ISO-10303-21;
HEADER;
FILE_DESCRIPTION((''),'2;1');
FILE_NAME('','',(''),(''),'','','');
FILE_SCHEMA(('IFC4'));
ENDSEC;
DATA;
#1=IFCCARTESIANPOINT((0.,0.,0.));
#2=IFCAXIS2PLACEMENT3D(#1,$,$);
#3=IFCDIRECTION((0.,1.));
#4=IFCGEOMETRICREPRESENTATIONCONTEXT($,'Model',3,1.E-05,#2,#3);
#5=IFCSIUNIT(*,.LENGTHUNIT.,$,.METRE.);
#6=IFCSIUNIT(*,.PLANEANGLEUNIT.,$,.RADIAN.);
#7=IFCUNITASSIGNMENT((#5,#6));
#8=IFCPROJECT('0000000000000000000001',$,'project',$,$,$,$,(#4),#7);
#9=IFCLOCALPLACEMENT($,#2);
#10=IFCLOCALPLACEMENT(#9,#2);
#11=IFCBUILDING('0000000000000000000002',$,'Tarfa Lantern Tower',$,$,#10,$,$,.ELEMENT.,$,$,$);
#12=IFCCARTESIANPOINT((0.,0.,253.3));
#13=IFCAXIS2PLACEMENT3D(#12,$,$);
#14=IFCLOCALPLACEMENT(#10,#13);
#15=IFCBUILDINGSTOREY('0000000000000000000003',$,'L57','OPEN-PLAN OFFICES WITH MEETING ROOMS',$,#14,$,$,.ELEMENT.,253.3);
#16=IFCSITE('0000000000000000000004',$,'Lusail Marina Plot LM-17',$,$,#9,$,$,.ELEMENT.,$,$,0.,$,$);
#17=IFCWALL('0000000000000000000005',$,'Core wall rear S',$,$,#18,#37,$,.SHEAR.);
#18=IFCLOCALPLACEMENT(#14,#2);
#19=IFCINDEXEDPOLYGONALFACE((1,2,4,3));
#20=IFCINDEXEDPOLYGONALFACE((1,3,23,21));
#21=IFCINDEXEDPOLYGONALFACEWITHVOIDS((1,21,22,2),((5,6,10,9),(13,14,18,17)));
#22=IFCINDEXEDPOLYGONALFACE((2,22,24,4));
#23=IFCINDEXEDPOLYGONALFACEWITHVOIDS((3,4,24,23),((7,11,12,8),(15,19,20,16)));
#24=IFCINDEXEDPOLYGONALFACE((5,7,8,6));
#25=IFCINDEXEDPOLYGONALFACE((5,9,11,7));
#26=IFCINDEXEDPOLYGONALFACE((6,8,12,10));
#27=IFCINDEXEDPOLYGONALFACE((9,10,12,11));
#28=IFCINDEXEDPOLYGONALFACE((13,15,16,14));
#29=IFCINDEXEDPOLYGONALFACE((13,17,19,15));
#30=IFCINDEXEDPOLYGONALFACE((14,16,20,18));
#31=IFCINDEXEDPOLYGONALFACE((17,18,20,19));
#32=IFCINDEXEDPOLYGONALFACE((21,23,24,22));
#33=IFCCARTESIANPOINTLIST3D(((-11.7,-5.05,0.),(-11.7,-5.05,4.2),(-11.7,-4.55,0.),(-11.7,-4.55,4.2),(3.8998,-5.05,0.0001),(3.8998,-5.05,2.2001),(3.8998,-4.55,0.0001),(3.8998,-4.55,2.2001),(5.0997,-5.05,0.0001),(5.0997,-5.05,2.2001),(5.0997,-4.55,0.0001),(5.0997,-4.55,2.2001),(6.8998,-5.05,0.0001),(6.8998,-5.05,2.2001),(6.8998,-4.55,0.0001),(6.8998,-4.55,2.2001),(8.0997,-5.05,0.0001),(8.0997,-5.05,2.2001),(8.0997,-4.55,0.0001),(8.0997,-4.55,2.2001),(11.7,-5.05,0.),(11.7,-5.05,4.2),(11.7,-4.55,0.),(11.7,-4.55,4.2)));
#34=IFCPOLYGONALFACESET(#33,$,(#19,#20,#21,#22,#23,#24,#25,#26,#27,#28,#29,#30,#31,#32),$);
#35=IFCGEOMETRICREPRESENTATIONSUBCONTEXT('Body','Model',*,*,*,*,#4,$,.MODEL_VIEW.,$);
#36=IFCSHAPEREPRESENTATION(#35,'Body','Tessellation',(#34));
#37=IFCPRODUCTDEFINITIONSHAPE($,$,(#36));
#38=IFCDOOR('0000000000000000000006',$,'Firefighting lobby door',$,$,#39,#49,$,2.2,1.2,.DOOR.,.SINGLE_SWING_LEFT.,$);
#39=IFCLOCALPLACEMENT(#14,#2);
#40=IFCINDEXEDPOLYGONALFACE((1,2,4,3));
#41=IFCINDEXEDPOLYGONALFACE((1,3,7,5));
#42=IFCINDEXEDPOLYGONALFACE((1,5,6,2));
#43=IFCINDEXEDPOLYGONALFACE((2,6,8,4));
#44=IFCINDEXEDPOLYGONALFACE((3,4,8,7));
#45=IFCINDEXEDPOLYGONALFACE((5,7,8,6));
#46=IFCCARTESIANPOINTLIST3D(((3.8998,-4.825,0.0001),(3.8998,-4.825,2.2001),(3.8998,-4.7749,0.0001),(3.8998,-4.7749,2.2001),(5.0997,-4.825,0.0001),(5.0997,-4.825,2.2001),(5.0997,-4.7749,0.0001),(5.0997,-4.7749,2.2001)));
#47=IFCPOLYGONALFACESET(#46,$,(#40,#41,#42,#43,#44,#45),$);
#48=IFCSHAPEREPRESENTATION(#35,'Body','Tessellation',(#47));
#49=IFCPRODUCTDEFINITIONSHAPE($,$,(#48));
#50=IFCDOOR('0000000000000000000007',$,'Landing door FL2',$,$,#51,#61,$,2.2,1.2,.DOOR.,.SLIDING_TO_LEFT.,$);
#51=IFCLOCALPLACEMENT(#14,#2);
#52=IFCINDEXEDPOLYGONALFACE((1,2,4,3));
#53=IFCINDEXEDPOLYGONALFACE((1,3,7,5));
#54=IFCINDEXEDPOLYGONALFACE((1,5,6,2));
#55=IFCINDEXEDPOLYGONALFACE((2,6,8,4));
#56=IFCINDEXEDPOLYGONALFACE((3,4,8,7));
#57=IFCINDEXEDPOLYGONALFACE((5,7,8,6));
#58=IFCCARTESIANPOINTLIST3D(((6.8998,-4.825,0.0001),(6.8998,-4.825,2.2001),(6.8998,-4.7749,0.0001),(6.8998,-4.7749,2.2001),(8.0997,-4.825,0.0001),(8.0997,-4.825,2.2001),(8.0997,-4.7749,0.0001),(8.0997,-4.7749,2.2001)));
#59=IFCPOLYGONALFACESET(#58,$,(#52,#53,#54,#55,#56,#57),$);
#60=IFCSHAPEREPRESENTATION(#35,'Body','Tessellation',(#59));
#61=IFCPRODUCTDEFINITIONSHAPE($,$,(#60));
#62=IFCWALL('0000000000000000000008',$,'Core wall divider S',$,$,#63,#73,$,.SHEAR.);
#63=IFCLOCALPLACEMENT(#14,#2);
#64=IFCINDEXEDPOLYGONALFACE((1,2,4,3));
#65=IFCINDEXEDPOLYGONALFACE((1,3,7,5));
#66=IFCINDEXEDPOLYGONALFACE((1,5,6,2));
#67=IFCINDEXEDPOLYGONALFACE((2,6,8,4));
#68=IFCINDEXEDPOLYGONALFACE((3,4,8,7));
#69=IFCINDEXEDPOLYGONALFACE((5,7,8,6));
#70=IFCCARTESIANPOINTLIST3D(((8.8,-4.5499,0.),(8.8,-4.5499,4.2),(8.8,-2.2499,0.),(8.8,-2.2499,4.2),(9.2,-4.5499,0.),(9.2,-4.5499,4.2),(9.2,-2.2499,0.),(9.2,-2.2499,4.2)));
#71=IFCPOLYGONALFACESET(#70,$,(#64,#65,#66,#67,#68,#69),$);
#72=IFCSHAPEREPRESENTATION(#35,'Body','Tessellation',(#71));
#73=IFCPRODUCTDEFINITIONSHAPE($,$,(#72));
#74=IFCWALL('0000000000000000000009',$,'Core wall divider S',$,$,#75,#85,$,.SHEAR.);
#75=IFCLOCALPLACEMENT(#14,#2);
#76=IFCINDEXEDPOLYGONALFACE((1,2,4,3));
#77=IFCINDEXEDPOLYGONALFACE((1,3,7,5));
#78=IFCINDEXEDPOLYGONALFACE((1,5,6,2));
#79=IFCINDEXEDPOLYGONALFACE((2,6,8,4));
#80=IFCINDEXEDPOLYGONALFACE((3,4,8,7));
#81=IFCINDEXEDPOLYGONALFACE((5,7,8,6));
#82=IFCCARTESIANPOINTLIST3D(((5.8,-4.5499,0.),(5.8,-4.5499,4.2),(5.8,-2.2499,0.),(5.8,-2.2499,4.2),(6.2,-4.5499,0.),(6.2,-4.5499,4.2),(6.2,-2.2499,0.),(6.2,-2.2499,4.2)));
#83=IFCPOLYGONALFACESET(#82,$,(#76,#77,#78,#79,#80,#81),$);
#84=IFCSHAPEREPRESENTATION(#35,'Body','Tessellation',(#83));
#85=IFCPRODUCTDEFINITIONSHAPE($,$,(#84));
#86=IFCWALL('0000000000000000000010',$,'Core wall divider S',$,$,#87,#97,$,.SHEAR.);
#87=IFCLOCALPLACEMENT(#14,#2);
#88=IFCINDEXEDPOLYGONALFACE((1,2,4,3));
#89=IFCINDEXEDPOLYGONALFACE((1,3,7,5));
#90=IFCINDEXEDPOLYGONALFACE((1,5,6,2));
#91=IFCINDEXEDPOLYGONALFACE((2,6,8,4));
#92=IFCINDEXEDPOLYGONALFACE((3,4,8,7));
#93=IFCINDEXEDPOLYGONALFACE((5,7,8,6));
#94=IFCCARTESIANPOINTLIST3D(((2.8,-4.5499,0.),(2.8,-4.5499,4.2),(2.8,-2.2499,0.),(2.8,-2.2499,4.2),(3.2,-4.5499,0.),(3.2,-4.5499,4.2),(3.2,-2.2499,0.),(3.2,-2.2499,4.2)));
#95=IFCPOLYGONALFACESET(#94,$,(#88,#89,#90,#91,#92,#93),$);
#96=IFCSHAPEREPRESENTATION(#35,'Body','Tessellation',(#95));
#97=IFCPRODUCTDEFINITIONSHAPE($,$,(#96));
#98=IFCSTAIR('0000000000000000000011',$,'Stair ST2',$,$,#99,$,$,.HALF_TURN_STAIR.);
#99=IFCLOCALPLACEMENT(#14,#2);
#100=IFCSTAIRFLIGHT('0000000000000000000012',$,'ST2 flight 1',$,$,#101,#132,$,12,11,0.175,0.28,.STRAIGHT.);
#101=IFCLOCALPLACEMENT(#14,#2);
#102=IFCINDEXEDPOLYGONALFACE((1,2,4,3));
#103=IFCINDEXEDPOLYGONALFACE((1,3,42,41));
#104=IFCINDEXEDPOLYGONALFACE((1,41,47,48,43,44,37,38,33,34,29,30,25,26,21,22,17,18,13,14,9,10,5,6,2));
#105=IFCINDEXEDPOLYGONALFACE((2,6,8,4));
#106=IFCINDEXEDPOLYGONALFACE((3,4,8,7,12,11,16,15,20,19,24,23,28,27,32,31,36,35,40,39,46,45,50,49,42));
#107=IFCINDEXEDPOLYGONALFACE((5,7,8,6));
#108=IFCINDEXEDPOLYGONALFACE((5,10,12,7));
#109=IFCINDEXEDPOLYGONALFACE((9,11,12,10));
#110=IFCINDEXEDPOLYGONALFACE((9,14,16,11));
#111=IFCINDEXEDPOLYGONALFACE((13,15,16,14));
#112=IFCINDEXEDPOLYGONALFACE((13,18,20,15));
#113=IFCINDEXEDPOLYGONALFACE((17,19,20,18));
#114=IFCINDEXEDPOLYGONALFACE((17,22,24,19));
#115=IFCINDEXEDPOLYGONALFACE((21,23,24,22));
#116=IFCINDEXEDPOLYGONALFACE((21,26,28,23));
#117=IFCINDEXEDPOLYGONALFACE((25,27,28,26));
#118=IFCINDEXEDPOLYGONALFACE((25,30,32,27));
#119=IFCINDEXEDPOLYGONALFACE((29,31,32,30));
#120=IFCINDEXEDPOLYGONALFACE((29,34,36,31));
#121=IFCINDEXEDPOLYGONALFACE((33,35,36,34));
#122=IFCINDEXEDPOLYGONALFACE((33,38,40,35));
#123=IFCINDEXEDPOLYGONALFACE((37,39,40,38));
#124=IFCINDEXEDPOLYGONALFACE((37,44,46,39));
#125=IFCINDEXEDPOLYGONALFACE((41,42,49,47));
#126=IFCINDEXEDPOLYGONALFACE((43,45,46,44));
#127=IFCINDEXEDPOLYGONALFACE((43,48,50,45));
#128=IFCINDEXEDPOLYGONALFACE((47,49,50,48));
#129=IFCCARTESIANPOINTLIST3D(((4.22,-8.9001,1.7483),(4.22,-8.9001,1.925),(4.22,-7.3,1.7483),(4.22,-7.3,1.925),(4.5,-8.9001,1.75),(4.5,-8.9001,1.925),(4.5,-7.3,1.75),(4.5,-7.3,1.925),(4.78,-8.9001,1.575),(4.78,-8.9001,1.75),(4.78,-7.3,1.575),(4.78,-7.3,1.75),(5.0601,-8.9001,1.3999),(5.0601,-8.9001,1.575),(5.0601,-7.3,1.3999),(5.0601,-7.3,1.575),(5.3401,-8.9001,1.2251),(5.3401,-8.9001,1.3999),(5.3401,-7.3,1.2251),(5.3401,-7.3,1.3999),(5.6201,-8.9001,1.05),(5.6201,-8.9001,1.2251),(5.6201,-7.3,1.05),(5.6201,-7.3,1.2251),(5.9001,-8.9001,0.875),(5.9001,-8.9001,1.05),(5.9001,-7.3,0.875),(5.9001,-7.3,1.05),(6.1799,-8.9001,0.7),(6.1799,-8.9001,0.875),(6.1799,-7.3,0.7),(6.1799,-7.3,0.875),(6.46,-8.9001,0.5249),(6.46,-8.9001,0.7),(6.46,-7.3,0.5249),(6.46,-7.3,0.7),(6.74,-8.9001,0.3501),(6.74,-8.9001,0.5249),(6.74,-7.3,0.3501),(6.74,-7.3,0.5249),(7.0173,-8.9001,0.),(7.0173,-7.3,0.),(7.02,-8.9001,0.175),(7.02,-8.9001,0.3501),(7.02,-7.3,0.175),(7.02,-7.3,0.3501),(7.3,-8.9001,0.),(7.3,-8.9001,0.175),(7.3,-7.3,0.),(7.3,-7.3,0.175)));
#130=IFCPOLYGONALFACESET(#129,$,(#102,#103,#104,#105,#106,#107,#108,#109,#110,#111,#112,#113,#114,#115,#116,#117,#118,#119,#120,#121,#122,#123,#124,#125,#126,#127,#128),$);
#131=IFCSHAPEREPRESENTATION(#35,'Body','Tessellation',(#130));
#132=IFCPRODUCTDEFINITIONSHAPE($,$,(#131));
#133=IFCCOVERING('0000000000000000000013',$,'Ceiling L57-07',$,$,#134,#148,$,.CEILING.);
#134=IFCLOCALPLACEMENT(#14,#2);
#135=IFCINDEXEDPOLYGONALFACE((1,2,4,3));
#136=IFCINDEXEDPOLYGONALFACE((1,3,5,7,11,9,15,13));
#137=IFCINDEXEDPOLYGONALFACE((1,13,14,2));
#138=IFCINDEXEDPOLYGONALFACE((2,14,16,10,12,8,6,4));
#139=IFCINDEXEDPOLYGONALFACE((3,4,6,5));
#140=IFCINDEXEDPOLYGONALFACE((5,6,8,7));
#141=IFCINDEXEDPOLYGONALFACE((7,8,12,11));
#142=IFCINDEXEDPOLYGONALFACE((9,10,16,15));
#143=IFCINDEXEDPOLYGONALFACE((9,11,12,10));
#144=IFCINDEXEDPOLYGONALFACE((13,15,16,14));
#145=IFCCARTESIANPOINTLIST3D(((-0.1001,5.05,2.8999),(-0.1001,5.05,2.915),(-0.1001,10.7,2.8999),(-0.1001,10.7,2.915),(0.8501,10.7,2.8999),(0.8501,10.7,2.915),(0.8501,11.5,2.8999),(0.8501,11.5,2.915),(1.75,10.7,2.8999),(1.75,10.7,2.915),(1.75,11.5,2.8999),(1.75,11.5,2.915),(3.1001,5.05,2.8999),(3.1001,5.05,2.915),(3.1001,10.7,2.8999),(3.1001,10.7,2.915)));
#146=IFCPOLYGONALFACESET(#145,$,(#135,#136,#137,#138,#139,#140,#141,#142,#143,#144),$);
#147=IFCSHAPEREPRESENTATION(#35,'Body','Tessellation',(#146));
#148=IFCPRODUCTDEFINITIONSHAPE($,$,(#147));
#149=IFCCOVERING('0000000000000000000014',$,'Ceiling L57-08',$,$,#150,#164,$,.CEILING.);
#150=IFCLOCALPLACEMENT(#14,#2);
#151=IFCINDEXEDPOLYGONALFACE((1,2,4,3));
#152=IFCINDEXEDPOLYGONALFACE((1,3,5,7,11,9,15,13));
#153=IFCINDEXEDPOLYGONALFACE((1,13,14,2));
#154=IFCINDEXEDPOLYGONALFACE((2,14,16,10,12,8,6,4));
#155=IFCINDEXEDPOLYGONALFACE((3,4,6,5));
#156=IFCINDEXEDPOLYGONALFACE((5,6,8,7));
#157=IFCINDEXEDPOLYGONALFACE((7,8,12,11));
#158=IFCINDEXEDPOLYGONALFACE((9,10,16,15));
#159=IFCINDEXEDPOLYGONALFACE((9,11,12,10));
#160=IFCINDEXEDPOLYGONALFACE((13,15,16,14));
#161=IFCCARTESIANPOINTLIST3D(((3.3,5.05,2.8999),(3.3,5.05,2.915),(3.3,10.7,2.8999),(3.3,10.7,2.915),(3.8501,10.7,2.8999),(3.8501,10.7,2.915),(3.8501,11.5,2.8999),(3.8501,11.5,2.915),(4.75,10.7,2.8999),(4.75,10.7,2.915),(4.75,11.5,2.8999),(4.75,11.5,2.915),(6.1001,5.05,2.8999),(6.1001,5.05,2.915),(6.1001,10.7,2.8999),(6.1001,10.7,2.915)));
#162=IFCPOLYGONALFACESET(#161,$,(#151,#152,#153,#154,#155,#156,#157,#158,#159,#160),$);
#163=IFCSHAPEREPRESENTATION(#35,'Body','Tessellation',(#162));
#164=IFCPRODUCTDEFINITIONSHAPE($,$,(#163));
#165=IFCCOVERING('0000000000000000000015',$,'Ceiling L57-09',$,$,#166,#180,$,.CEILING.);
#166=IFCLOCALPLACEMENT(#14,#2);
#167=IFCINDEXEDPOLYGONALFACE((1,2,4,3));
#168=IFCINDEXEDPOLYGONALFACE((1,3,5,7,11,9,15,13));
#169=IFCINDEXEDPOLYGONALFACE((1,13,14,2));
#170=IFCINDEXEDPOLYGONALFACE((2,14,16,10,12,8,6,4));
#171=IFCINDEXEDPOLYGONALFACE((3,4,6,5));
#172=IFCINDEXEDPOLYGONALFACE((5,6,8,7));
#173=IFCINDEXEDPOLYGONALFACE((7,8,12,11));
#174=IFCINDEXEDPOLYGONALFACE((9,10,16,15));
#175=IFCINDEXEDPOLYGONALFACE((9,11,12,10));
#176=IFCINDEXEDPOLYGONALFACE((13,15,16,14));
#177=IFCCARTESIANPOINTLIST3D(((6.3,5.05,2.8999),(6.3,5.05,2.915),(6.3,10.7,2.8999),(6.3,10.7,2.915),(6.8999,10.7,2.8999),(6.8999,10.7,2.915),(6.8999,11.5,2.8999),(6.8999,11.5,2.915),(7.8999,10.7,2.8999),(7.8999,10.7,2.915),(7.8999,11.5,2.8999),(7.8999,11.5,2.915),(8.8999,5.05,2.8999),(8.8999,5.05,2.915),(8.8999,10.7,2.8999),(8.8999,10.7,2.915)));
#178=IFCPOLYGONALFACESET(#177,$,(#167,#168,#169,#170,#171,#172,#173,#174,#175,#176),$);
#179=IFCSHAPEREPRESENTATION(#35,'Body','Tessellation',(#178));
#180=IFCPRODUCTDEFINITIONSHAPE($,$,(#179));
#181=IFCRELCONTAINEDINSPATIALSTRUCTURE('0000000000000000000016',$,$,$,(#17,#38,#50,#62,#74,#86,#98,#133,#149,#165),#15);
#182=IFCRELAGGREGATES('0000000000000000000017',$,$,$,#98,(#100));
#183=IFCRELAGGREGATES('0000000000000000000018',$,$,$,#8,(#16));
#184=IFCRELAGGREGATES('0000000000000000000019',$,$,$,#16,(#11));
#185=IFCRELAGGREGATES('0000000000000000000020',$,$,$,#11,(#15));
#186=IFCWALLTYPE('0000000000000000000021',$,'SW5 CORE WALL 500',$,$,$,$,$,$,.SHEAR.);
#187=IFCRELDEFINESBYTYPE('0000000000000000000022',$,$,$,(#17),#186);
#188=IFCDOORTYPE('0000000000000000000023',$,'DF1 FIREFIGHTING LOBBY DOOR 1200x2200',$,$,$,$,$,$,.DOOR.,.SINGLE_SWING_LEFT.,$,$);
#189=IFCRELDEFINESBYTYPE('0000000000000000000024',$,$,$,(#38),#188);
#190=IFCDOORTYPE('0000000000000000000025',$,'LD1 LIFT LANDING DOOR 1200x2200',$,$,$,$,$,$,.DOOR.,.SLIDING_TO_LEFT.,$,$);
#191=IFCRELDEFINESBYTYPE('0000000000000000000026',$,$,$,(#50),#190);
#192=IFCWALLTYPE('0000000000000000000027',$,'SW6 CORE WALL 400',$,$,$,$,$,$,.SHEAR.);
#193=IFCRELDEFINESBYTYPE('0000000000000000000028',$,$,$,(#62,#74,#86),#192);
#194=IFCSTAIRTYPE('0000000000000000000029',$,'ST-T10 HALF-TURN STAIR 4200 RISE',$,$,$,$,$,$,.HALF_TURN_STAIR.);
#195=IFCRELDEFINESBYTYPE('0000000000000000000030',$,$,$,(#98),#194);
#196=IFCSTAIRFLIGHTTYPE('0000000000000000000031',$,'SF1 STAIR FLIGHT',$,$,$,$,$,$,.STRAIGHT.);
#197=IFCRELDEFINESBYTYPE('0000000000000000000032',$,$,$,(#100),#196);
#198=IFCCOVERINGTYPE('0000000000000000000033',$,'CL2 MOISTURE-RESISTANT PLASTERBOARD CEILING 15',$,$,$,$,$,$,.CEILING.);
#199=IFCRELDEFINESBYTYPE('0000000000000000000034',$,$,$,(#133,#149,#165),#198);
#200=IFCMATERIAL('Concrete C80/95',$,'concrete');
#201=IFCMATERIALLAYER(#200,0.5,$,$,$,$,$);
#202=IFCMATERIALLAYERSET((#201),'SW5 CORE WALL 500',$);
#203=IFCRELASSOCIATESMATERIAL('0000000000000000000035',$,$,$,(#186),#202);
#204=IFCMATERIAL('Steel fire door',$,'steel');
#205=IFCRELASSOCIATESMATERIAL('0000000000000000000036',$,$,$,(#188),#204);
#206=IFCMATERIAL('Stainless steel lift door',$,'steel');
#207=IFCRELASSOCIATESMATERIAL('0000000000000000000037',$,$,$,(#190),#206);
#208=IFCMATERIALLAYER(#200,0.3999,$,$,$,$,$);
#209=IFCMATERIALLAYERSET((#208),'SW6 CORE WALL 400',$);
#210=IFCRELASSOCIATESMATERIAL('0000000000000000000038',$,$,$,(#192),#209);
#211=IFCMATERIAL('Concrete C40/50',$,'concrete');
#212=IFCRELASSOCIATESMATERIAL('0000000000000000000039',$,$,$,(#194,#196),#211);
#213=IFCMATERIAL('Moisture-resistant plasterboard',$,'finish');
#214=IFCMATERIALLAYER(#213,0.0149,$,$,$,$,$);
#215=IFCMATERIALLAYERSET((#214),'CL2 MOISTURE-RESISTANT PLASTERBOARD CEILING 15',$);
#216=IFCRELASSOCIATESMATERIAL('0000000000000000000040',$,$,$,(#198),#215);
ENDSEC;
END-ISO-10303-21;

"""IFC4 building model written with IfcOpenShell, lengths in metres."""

from ifc_helpers import new_model, si_unit, direction, frame, frame_2d, origin, place, context, subcontext, project, spatial, polyline, rectangle, outline, extrude, material, layer, layer_set, type_object, element, fill, aggregate, save


model = new_model("IFC4")

# Units and contexts
model_context = context("Model", 3, precision=1e-05, world=origin(), true_north=direction((0.0, 1.0)))
body_context = subcontext(model_context, "Body", "Model", "MODEL_VIEW")
ifc_project = project(units=[si_unit("LENGTHUNIT", "METRE"), si_unit("PLANEANGLEUNIT", "RADIAN")], contexts=[model_context])

# Site, building, storey
site_placement = place(None, origin())
site = spatial("IfcSite", under=ifc_project, at=site_placement, Name="Lusail Marina Plot LM-17", CompositionType="ELEMENT", RefElevation=0.0)
building_placement = place(site_placement, origin())
building = spatial("IfcBuilding", under=site, at=building_placement, Name="Tarfa Lantern Tower", CompositionType="ELEMENT")
storey_placement = place(building_placement, frame((0.0, 0.0, 253.3)))
storey = spatial("IfcBuildingStorey", under=building, at=storey_placement, Name="L57", Description="OPEN-PLAN OFFICES WITH MEETING ROOMS", CompositionType="ELEMENT", Elevation=253.3)

# Shared definitions
ifc_material_1 = material(Name="Concrete C80/95", Category="concrete")

# Shared definitions
ifc_material_2 = material(Name="Steel fire door", Category="steel")

# Shared definitions
ifc_layer_1 = layer(ifc_material_1, 0.5)
ifc_layer_set_1 = layer_set([ifc_layer_1], Name="SW5 CORE WALL 500")
wall_type_1 = type_object("IfcWallType", Name="SW5 CORE WALL 500", PredefinedType="SHEAR", material=ifc_layer_set_1)

# Wall, openings, doors
ifc_material_3 = material(Name="Stainless steel lift door", Category="steel")
wall_1_placement = place(storey_placement, frame((11.7, -4.8, 0.0), z_axis=(0.0, 0.0, 1.0), x_axis=(-1.0, 0.0, 0.0)))
wall_1 = element("IfcWall", 1, at=wall_1_placement, inside=storey, type_object=wall_type_1, Name="Core wall rear S", PredefinedType="SHEAR", context=body_context, shape_type="SweptSolid", body=[
    extrude(rectangle(XDim=23.3999, YDim=0.5, at=frame_2d((11.7, 0.0))), origin(), (0.0, 0.0, 1.0), 4.2),
])
opening_1_placement = place(wall_1_placement, frame((6.6001, 0.0, 0.0)))
opening_1 = element("IfcOpeningElement", 2, at=opening_1_placement, cuts=wall_1, PredefinedType="OPENING", context=body_context, shape_type="SweptSolid", body=[
    extrude(rectangle(XDim=1.2, YDim=2.2, at=frame_2d((0.6001, 1.1001))), frame((0.0, 0.26, 0.0), z_axis=(0.0, -1.0, 0.0), x_axis=(1.0, 0.0, 0.0)), (0.0, 0.0, 1.0), 0.52),
])
opening_2_placement = place(wall_1_placement, frame((3.6001, 0.0, 0.0)))
opening_2 = element("IfcOpeningElement", 3, at=opening_2_placement, cuts=wall_1, PredefinedType="OPENING", context=body_context, shape_type="SweptSolid", body=[
    extrude(rectangle(XDim=1.2, YDim=2.2, at=frame_2d((0.6001, 1.1001))), frame((0.0, 0.26, 0.0), z_axis=(0.0, -1.0, 0.0), x_axis=(1.0, 0.0, 0.0)), (0.0, 0.0, 1.0), 0.52),
])
door_type_1 = type_object("IfcDoorType", Name="DF1 FIREFIGHTING LOBBY DOOR 1200x2200", OperationType="SINGLE_SWING_LEFT", PredefinedType="DOOR", material=ifc_material_2)
door_1_placement = place(opening_1_placement, origin())
door_1 = element("IfcDoor", 4, at=door_1_placement, inside=storey, type_object=door_type_1, Name="Firefighting lobby door", OperationType="SINGLE_SWING_LEFT", OverallHeight=2.2, OverallWidth=1.2, PredefinedType="DOOR", context=body_context, shape_type="SweptSolid", body=[
    extrude(rectangle(XDim=1.2, YDim=2.2, at=frame_2d((0.6001, 1.1001))), frame((0.0, 0.0249, 0.0), z_axis=(0.0, -1.0, 0.0), x_axis=(1.0, 0.0, 0.0)), (0.0, 0.0, 1.0), 0.05),
])
fill(opening_1, door_1)
door_type_2 = type_object("IfcDoorType", Name="LD1 LIFT LANDING DOOR 1200x2200", OperationType="SLIDING_TO_LEFT", PredefinedType="DOOR", material=ifc_material_3)
door_2_placement = place(opening_2_placement, origin())
door_2 = element("IfcDoor", 5, at=door_2_placement, inside=storey, type_object=door_type_2, Name="Landing door FL2", OperationType="SLIDING_TO_LEFT", OverallHeight=2.2, OverallWidth=1.2, PredefinedType="DOOR", context=body_context, shape_type="SweptSolid", body=[
    extrude(rectangle(XDim=1.2, YDim=2.2, at=frame_2d((0.6001, 1.1001))), frame((0.0, 0.0249, 0.0), z_axis=(0.0, -1.0, 0.0), x_axis=(1.0, 0.0, 0.0)), (0.0, 0.0, 1.0), 0.05),
])
fill(opening_2, door_2)

# Walls
ifc_layer_2 = layer(ifc_material_1, 0.3999)
ifc_layer_set_2 = layer_set([ifc_layer_2], Name="SW6 CORE WALL 400")
wall_type_2 = type_object("IfcWallType", Name="SW6 CORE WALL 400", PredefinedType="SHEAR", material=ifc_layer_set_2)
for number, where, z_axis, x_axis, name in (
    (6, (9.0, -2.25, 0.0), (0.0, 0.0, 1.0), (0.0, -1.0, 0.0), "Core wall divider S"),
    (7, (6.0, -2.25, 0.0), (0.0, 0.0, 1.0), (0.0, -1.0, 0.0), "Core wall divider S"),
    (8, (3.0, -2.25, 0.0), (0.0, 0.0, 1.0), (0.0, -1.0, 0.0), "Core wall divider S"),
):
    element("IfcWall", number, at=place(storey_placement, frame(where, z_axis=z_axis, x_axis=x_axis)), inside=storey, type_object=wall_type_2, Name=name, PredefinedType="SHEAR", context=body_context, shape_type="SweptSolid", body=[
        extrude(rectangle(XDim=2.3, YDim=0.3999, at=frame_2d((1.1499, 0.0))), origin(), (0.0, 0.0, 1.0), 4.2),
    ])

# Stair, stair flight
ifc_material_4 = material(Name="Concrete C40/50", Category="concrete")
stair_type = type_object("IfcStairType", Name="ST-T10 HALF-TURN STAIR 4200 RISE", PredefinedType="HALF_TURN_STAIR", material=ifc_material_4)
stair_placement = place(storey_placement, origin())
stair = element("IfcStair", 9, at=stair_placement, inside=storey, type_object=stair_type, Name="Stair ST2", PredefinedType="HALF_TURN_STAIR")
stair_flight_type = type_object("IfcStairFlightType", Name="SF1 STAIR FLIGHT", PredefinedType="STRAIGHT", material=ifc_material_4)
stair_flight_placement = place(storey_placement, frame((7.3, -8.1001, 0.0), z_axis=(0.0, 0.0, 1.0), x_axis=(-1.0, 0.0, 0.0)))
stair_flight = element("IfcStairFlight", 10, at=stair_flight_placement, type_object=stair_flight_type, Name="ST2 flight 1", NumberOfRisers=12, NumberOfTreads=11, PredefinedType="STRAIGHT", RiserHeight=0.175, TreadLength=0.28, context=body_context, shape_type="SweptSolid", body=[
    extrude(outline(polyline([(0.0, 0.0), (0.0, 0.175), (0.28, 0.175), (0.28, 0.3501), (0.5601, 0.3501), (0.5601, 0.5249), (0.8401, 0.5249), (0.8401, 0.7), (1.1201, 0.7), (1.1201, 0.875), (1.3999, 0.875), (1.3999, 1.05), (1.6799, 1.05), (1.6799, 1.2251), (1.96, 1.2251), (1.96, 1.3999), (2.24, 1.3999), (2.24, 1.575), (2.52, 1.575), (2.52, 1.75), (2.8, 1.75), (2.8, 1.925), (3.0801, 1.925), (3.0801, 2.1001), (3.0801, 1.7483), (0.2827, 0.0), (0.0, 0.0)])), frame((0.0, 0.8, 0.0), z_axis=(0.0, -1.0, 0.0), x_axis=(1.0, 0.0, 0.0)), (0.0, 0.0, 1.0), 1.6001),
])
aggregate(stair, [stair_flight])

# Coverings
ifc_material_5 = material(Name="Moisture-resistant plasterboard", Category="finish")
ifc_layer_3 = layer(ifc_material_5, 0.0149)
ifc_layer_set_3 = layer_set([ifc_layer_3], Name="CL2 MOISTURE-RESISTANT PLASTERBOARD CEILING 15")
covering_type_1 = type_object("IfcCoveringType", Name="CL2 MOISTURE-RESISTANT PLASTERBOARD CEILING 15", PredefinedType="CEILING", material=ifc_layer_set_3)
covering_1_placement = place(storey_placement, frame((0.0, 0.0, 2.8999)))
element("IfcCovering", 11, at=covering_1_placement, inside=storey, type_object=covering_type_1, Name="Ceiling L57-07", PredefinedType="CEILING", context=body_context, shape_type="SweptSolid", body=[
    extrude(outline(polyline([(0.8501, 10.7), (-0.1001, 10.7), (-0.1001, 5.05), (3.1001, 5.05), (3.1001, 10.7), (1.75, 10.7), (1.75, 11.5), (0.8501, 11.5), (0.8501, 10.7)])), origin(), (0.0, 0.0, 1.0), 0.0151),
])
covering_2_placement = place(storey_placement, frame((0.0, 0.0, 2.8999)))
element("IfcCovering", 12, at=covering_2_placement, inside=storey, type_object=covering_type_1, Name="Ceiling L57-08", PredefinedType="CEILING", context=body_context, shape_type="SweptSolid", body=[
    extrude(outline(polyline([(3.3, 5.05), (6.1001, 5.05), (6.1001, 10.7), (4.75, 10.7), (4.75, 11.5), (3.8501, 11.5), (3.8501, 10.7), (3.3, 10.7), (3.3, 5.05)])), origin(), (0.0, 0.0, 1.0), 0.0151),
])
covering_3_placement = place(storey_placement, frame((0.0, 0.0, 2.8999)))
element("IfcCovering", 13, at=covering_3_placement, inside=storey, type_object=covering_type_1, Name="Ceiling L57-09", PredefinedType="CEILING", context=body_context, shape_type="SweptSolid", body=[
    extrude(outline(polyline([(6.3, 5.05), (8.8999, 5.05), (8.8999, 10.7), (7.8999, 10.7), (7.8999, 11.5), (6.8999, 11.5), (6.8999, 10.7), (6.3, 10.7), (6.3, 5.05)])), origin(), (0.0, 0.0, 1.0), 0.0151),
])

save(model, "model.ifc")
